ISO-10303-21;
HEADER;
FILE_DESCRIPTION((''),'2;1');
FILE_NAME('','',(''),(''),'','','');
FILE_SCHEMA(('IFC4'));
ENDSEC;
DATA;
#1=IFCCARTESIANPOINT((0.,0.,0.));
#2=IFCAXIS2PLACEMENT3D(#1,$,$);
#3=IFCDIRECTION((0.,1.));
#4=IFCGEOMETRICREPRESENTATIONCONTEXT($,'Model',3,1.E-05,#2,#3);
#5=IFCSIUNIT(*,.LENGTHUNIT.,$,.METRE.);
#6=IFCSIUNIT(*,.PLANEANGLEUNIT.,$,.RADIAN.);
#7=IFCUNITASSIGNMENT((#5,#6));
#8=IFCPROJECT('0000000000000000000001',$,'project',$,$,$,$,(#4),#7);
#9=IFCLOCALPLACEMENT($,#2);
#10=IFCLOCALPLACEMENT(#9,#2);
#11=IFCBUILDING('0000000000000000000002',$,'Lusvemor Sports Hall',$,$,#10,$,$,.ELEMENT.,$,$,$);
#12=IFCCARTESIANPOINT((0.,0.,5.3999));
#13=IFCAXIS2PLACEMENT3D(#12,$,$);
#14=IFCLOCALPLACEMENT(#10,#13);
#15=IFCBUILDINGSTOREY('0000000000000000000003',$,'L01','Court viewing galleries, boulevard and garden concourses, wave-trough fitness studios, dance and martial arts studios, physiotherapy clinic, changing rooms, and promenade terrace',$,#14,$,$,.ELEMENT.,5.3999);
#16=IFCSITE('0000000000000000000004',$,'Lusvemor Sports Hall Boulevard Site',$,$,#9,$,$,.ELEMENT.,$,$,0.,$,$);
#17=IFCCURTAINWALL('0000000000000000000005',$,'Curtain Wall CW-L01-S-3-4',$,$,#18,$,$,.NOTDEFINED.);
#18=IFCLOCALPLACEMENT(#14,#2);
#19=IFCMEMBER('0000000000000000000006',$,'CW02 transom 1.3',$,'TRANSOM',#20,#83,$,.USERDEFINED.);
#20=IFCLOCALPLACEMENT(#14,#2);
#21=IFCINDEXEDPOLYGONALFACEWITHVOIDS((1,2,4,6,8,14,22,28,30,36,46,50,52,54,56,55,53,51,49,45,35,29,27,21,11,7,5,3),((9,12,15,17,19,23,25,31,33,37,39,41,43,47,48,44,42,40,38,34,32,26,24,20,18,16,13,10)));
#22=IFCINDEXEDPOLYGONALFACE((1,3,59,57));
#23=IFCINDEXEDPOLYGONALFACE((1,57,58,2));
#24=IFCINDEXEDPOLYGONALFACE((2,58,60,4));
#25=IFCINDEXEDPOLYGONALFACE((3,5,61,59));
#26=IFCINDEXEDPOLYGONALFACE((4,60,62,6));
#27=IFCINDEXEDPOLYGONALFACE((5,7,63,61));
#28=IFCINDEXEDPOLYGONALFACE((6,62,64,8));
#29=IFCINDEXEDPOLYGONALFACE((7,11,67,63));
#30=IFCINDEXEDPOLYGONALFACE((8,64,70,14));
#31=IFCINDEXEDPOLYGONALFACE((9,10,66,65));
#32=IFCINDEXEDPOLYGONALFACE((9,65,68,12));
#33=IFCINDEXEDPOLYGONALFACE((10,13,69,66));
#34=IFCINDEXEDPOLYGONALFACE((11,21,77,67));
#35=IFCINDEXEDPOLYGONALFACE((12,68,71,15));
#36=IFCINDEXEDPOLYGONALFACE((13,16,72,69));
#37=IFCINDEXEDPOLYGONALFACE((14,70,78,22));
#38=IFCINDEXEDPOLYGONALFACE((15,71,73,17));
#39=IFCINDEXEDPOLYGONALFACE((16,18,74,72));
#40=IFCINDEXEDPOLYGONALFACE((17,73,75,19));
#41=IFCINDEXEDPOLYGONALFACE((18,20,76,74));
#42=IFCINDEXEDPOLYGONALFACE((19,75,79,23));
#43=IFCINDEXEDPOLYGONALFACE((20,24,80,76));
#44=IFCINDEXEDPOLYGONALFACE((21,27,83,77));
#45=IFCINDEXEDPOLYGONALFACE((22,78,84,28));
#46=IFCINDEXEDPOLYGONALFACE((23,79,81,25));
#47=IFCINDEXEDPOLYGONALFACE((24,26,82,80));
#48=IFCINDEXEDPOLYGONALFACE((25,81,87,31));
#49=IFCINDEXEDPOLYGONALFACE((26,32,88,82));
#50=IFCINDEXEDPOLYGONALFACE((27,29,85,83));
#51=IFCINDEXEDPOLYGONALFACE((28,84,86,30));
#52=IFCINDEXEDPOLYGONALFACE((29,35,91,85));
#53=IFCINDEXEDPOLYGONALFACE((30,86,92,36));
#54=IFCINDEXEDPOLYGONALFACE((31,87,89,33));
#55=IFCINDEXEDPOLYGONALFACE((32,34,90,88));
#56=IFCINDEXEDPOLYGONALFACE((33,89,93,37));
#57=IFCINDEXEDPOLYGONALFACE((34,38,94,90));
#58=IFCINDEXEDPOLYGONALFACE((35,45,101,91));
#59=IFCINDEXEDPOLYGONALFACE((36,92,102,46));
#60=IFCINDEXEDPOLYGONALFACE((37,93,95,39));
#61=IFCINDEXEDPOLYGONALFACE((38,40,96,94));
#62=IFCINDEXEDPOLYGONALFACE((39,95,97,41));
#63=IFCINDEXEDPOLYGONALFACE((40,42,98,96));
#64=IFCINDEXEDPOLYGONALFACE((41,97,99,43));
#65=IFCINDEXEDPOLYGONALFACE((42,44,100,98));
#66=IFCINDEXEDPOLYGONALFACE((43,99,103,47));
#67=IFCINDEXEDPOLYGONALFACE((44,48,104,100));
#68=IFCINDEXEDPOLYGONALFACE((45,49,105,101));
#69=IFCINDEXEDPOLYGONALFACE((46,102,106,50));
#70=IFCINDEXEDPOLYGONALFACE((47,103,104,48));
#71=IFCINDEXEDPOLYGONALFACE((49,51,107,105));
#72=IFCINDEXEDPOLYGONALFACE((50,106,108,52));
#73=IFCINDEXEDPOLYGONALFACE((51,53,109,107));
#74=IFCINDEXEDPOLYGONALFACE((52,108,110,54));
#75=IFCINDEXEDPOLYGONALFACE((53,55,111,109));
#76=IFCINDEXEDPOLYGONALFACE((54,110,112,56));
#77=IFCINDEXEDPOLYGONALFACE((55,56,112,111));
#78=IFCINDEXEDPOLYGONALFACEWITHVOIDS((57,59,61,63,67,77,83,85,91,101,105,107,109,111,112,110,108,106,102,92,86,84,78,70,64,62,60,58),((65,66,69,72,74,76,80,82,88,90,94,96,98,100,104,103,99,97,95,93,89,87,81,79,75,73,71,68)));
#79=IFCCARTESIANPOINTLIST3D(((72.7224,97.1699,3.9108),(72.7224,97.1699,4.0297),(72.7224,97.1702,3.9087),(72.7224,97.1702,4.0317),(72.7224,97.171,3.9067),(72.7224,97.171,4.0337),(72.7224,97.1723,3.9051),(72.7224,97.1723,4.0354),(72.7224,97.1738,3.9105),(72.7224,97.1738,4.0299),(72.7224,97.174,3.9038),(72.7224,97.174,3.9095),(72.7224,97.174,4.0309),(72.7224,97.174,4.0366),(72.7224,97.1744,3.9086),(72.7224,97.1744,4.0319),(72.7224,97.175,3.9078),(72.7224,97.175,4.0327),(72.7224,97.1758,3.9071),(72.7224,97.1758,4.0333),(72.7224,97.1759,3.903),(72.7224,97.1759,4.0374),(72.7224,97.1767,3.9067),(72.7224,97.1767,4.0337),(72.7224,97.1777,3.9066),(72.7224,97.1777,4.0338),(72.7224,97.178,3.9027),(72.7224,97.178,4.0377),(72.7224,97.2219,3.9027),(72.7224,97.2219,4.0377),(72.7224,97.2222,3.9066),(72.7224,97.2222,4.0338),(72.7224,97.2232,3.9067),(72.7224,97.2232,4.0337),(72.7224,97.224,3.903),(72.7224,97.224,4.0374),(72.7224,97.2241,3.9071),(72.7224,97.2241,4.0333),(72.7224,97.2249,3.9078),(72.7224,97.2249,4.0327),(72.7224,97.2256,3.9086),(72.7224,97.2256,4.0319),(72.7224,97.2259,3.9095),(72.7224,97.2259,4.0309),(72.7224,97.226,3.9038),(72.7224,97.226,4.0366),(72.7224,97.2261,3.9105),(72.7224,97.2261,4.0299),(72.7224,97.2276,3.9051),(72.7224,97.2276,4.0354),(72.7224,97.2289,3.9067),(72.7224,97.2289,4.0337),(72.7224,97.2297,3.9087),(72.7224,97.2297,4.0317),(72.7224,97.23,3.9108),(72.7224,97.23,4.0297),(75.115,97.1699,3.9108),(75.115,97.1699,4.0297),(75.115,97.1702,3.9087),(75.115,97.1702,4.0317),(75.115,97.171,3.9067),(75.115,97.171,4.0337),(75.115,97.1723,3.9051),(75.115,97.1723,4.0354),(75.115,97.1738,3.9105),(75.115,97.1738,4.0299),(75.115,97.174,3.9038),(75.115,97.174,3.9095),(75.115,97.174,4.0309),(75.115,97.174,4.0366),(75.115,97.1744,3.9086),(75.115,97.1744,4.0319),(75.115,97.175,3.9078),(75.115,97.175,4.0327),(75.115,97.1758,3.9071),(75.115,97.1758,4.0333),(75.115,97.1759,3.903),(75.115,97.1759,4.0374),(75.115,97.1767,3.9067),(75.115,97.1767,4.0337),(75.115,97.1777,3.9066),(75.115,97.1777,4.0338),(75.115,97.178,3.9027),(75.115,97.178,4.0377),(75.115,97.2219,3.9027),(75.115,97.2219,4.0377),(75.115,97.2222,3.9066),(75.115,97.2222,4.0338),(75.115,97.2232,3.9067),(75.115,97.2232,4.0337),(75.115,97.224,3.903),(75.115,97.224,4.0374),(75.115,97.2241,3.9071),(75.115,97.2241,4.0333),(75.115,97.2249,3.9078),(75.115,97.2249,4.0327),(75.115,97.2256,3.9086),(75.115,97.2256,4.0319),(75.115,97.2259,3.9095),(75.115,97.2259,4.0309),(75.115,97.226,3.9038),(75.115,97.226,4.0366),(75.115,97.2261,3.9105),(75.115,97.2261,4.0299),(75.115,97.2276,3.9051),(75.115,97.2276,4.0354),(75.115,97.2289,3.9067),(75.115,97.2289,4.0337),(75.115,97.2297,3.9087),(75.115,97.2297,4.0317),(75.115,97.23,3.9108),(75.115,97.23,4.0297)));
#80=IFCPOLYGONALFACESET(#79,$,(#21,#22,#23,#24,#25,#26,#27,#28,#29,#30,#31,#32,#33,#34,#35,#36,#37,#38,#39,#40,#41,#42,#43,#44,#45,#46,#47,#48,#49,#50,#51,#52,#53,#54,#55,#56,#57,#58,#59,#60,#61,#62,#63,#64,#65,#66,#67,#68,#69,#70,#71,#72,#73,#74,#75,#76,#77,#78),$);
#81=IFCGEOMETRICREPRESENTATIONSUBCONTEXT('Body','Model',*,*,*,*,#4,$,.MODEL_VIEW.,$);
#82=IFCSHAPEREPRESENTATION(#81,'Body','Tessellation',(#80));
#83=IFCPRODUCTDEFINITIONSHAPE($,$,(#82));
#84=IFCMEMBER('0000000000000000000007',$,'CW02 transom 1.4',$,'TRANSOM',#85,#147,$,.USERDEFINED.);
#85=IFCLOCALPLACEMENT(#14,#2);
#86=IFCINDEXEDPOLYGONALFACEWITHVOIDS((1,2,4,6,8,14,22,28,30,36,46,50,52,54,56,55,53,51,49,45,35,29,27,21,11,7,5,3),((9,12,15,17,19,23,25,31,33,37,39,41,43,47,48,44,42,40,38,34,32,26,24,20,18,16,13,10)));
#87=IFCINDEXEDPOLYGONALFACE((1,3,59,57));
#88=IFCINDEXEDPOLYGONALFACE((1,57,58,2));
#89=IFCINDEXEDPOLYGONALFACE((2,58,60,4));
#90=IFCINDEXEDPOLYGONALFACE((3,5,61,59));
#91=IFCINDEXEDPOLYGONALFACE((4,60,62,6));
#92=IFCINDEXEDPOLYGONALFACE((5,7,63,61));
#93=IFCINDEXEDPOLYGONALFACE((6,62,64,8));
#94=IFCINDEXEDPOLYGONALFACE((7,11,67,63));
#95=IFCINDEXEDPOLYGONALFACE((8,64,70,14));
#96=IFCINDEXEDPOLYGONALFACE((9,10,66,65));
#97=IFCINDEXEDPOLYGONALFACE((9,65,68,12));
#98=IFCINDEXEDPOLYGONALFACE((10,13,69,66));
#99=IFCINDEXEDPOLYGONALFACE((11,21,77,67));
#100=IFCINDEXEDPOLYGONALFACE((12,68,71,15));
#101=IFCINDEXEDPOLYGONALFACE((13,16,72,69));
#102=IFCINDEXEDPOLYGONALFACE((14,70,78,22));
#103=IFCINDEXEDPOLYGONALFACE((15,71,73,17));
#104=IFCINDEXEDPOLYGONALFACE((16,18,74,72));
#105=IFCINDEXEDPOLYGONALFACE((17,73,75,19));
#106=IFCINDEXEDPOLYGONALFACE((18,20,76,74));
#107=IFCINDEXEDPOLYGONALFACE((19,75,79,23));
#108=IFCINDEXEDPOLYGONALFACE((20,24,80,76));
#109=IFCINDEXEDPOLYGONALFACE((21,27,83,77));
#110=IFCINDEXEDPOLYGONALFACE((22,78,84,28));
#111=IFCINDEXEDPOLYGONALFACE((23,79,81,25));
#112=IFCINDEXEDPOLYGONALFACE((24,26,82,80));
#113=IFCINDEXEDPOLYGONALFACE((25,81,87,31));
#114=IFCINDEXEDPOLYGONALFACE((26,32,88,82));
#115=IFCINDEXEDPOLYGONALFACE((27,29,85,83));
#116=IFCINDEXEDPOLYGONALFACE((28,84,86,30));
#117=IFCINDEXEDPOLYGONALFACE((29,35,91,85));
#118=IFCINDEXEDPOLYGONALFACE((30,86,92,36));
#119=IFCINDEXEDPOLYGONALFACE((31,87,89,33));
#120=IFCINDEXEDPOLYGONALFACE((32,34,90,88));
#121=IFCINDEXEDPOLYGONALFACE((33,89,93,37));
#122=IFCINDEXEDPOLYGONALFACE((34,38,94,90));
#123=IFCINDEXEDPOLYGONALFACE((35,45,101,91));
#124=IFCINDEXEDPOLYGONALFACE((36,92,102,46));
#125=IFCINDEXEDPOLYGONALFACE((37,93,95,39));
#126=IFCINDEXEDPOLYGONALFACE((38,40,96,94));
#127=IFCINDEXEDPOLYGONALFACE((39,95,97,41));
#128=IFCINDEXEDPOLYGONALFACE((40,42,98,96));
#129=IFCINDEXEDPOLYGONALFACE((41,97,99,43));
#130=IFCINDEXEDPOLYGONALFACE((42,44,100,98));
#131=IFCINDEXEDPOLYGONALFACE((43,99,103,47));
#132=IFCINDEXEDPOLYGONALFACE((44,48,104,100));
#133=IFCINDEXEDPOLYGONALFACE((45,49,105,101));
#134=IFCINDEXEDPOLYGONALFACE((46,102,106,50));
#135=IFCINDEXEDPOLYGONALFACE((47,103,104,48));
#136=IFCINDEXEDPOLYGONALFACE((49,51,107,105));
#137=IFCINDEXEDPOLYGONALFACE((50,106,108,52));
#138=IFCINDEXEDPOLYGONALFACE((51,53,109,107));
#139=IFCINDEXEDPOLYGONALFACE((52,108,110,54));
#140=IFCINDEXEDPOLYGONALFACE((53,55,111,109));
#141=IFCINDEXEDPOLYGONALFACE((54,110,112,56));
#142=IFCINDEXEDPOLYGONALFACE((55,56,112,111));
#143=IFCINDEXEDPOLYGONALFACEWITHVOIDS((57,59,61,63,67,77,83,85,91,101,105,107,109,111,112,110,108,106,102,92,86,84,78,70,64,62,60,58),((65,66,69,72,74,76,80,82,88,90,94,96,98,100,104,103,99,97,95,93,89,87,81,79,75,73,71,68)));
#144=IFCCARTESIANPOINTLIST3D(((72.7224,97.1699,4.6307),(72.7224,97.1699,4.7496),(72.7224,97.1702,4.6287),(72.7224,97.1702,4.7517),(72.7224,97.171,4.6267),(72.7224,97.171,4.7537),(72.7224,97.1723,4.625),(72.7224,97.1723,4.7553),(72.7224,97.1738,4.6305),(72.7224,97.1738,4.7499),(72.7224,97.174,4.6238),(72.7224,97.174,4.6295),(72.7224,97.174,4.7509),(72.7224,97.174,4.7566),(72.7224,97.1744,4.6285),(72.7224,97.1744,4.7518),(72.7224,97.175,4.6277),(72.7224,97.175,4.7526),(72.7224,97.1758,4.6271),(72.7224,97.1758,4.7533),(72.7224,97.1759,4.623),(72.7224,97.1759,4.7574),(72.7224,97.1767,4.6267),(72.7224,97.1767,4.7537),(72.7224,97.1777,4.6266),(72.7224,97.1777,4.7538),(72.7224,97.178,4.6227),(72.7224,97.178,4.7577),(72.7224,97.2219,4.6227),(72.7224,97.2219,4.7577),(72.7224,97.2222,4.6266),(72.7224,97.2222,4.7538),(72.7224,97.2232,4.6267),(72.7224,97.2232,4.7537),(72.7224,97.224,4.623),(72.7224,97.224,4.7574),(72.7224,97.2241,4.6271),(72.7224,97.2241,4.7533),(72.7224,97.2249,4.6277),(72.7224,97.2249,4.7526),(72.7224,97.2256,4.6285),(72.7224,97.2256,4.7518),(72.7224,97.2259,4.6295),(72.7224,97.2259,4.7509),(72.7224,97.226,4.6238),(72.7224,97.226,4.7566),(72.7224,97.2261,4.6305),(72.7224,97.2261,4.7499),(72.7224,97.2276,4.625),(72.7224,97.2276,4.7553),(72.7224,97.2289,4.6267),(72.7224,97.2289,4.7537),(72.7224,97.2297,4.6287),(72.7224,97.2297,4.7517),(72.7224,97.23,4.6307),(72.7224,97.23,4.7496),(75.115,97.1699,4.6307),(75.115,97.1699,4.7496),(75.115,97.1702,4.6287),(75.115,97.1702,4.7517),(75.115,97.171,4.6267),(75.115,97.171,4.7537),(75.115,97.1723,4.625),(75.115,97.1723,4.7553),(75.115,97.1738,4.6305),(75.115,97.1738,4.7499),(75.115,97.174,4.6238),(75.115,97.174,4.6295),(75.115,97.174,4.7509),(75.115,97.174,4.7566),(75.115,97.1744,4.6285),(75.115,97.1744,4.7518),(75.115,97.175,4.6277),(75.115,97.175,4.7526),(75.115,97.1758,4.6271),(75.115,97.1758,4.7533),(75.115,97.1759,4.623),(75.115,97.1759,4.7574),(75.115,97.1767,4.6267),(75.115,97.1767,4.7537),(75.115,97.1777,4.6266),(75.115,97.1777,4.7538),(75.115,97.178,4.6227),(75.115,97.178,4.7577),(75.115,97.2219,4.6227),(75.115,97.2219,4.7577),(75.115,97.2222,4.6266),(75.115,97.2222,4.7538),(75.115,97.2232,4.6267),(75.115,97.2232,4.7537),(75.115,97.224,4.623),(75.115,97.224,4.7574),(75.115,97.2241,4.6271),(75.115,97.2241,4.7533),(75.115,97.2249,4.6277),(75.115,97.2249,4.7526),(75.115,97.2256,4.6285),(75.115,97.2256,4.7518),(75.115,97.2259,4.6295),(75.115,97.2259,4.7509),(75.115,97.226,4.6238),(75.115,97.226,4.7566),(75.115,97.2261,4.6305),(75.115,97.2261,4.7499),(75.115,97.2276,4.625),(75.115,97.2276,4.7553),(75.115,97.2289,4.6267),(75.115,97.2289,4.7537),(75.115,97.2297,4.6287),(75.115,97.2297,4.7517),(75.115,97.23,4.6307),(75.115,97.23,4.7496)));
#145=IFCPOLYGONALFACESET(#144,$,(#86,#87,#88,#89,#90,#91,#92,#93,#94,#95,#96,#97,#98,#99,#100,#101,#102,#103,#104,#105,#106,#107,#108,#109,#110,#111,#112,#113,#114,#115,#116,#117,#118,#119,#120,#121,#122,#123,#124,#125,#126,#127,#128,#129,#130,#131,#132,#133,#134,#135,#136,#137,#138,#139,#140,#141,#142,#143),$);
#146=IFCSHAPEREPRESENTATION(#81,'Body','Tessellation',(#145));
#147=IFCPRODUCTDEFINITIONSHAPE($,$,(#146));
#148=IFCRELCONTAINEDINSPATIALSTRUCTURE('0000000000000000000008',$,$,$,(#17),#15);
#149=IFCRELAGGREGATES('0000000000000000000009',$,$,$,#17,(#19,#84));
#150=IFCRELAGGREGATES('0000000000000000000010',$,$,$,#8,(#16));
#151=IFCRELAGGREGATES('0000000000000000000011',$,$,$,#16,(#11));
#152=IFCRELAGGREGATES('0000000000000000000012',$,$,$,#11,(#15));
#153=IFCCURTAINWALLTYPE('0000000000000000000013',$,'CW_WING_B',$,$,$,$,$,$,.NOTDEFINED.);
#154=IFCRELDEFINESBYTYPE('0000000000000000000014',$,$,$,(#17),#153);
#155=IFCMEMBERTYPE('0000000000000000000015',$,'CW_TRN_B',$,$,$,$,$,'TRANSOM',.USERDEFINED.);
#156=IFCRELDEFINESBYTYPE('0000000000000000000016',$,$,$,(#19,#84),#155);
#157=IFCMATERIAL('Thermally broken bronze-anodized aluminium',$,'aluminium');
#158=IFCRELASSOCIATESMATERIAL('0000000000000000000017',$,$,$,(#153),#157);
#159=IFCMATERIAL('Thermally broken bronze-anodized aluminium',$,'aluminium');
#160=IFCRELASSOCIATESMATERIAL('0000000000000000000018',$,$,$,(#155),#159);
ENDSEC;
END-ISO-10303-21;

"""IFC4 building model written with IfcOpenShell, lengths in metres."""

from ifc_helpers import new_model, si_unit, direction, frame, origin, origin_2d, place, context, subcontext, project, spatial, hollow_rectangle, extrude, material, material_profile, profile_set, type_object, element, aggregate, save


model = new_model("IFC4")

# Units and contexts
model_context = context("Model", 3, precision=1e-05, world=origin(), true_north=direction((0.0, 1.0)))
body_context = subcontext(model_context, "Body", "Model", "MODEL_VIEW")
ifc_project = project(units=[si_unit("LENGTHUNIT", "METRE"), si_unit("PLANEANGLEUNIT", "RADIAN")], contexts=[model_context])

# Site, building, storey
site_placement = place(None, origin())
site = spatial("IfcSite", under=ifc_project, at=site_placement, Name="Lusvemor Sports Hall Boulevard Site", CompositionType="ELEMENT", RefElevation=0.0)
building_placement = place(site_placement, origin())
building = spatial("IfcBuilding", under=site, at=building_placement, Name="Lusvemor Sports Hall", CompositionType="ELEMENT")
storey_placement = place(building_placement, frame((0.0, 0.0, 5.3999)))
storey = spatial("IfcBuildingStorey", under=building, at=storey_placement, Name="L01", Description="Court viewing galleries, boulevard and garden concourses, wave-trough fitness studios, dance and martial arts studios, physiotherapy clinic, changing rooms, and promenade terrace", CompositionType="ELEMENT", Elevation=5.3999)

# Curtain wall
ifc_material_1 = material(Name="Thermally broken bronze-anodized aluminium", Category="aluminium")
curtain_wall_type = type_object("IfcCurtainWallType", Name="CW_WING_B", PredefinedType="NOTDEFINED", material=ifc_material_1)
curtain_wall_1_placement = place(storey_placement, origin())
curtain_wall_1 = element("IfcCurtainWall", 1, at=curtain_wall_1_placement, inside=storey, type_object=curtain_wall_type, Name="Curtain Wall CW-L01-S-3-4", PredefinedType="NOTDEFINED")

# Members
ifc_material_2 = material(Name="Thermally broken bronze-anodized aluminium", Category="aluminium")
ifc_material_profile_1 = material_profile(ifc_material_2, hollow_rectangle(XDim=0.0601, YDim=0.135, WallThickness=0.0039, InnerFilletRadius=0.0039, OuterFilletRadius=0.0081, at=origin_2d()), Name="CWTRN135x60x4")
ifc_profile_set_1 = profile_set([ifc_material_profile_1], Name="Thermally broken bronze-anodized aluminium")
member_type_1 = type_object("IfcMemberType", Name="CW_TRN_B", ElementType="TRANSOM", PredefinedType="USERDEFINED", material=ifc_profile_set_1)
member_1_placement = place(storey_placement, frame((75.115, 97.2, 3.9702), z_axis=(-1.0, 0.0, 0.0), x_axis=(0.0, -1.0, 0.0)))
member_1 = element("IfcMember", 2, at=member_1_placement, type_object=member_type_1, Name="CW02 transom 1.3", ObjectType="TRANSOM", PredefinedType="USERDEFINED", context=body_context, shape_type="SweptSolid", body=[
    extrude(hollow_rectangle(XDim=0.0601, YDim=0.135, WallThickness=0.0039, InnerFilletRadius=0.0039, OuterFilletRadius=0.0081, at=origin_2d()), origin(), (0.0, 0.0, 1.0), 2.3926),
])
member_2_placement = place(storey_placement, frame((75.115, 97.2, 4.6902), z_axis=(-1.0, 0.0, 0.0), x_axis=(0.0, -1.0, 0.0)))
member_2 = element("IfcMember", 3, at=member_2_placement, type_object=member_type_1, Name="CW02 transom 1.4", ObjectType="TRANSOM", PredefinedType="USERDEFINED", context=body_context, shape_type="SweptSolid", body=[
    extrude(hollow_rectangle(XDim=0.0601, YDim=0.135, WallThickness=0.0039, InnerFilletRadius=0.0039, OuterFilletRadius=0.0081, at=origin_2d()), origin(), (0.0, 0.0, 1.0), 2.3926),
])

aggregate(curtain_wall_1, [member_1, member_2])

save(model, "model.ifc")
